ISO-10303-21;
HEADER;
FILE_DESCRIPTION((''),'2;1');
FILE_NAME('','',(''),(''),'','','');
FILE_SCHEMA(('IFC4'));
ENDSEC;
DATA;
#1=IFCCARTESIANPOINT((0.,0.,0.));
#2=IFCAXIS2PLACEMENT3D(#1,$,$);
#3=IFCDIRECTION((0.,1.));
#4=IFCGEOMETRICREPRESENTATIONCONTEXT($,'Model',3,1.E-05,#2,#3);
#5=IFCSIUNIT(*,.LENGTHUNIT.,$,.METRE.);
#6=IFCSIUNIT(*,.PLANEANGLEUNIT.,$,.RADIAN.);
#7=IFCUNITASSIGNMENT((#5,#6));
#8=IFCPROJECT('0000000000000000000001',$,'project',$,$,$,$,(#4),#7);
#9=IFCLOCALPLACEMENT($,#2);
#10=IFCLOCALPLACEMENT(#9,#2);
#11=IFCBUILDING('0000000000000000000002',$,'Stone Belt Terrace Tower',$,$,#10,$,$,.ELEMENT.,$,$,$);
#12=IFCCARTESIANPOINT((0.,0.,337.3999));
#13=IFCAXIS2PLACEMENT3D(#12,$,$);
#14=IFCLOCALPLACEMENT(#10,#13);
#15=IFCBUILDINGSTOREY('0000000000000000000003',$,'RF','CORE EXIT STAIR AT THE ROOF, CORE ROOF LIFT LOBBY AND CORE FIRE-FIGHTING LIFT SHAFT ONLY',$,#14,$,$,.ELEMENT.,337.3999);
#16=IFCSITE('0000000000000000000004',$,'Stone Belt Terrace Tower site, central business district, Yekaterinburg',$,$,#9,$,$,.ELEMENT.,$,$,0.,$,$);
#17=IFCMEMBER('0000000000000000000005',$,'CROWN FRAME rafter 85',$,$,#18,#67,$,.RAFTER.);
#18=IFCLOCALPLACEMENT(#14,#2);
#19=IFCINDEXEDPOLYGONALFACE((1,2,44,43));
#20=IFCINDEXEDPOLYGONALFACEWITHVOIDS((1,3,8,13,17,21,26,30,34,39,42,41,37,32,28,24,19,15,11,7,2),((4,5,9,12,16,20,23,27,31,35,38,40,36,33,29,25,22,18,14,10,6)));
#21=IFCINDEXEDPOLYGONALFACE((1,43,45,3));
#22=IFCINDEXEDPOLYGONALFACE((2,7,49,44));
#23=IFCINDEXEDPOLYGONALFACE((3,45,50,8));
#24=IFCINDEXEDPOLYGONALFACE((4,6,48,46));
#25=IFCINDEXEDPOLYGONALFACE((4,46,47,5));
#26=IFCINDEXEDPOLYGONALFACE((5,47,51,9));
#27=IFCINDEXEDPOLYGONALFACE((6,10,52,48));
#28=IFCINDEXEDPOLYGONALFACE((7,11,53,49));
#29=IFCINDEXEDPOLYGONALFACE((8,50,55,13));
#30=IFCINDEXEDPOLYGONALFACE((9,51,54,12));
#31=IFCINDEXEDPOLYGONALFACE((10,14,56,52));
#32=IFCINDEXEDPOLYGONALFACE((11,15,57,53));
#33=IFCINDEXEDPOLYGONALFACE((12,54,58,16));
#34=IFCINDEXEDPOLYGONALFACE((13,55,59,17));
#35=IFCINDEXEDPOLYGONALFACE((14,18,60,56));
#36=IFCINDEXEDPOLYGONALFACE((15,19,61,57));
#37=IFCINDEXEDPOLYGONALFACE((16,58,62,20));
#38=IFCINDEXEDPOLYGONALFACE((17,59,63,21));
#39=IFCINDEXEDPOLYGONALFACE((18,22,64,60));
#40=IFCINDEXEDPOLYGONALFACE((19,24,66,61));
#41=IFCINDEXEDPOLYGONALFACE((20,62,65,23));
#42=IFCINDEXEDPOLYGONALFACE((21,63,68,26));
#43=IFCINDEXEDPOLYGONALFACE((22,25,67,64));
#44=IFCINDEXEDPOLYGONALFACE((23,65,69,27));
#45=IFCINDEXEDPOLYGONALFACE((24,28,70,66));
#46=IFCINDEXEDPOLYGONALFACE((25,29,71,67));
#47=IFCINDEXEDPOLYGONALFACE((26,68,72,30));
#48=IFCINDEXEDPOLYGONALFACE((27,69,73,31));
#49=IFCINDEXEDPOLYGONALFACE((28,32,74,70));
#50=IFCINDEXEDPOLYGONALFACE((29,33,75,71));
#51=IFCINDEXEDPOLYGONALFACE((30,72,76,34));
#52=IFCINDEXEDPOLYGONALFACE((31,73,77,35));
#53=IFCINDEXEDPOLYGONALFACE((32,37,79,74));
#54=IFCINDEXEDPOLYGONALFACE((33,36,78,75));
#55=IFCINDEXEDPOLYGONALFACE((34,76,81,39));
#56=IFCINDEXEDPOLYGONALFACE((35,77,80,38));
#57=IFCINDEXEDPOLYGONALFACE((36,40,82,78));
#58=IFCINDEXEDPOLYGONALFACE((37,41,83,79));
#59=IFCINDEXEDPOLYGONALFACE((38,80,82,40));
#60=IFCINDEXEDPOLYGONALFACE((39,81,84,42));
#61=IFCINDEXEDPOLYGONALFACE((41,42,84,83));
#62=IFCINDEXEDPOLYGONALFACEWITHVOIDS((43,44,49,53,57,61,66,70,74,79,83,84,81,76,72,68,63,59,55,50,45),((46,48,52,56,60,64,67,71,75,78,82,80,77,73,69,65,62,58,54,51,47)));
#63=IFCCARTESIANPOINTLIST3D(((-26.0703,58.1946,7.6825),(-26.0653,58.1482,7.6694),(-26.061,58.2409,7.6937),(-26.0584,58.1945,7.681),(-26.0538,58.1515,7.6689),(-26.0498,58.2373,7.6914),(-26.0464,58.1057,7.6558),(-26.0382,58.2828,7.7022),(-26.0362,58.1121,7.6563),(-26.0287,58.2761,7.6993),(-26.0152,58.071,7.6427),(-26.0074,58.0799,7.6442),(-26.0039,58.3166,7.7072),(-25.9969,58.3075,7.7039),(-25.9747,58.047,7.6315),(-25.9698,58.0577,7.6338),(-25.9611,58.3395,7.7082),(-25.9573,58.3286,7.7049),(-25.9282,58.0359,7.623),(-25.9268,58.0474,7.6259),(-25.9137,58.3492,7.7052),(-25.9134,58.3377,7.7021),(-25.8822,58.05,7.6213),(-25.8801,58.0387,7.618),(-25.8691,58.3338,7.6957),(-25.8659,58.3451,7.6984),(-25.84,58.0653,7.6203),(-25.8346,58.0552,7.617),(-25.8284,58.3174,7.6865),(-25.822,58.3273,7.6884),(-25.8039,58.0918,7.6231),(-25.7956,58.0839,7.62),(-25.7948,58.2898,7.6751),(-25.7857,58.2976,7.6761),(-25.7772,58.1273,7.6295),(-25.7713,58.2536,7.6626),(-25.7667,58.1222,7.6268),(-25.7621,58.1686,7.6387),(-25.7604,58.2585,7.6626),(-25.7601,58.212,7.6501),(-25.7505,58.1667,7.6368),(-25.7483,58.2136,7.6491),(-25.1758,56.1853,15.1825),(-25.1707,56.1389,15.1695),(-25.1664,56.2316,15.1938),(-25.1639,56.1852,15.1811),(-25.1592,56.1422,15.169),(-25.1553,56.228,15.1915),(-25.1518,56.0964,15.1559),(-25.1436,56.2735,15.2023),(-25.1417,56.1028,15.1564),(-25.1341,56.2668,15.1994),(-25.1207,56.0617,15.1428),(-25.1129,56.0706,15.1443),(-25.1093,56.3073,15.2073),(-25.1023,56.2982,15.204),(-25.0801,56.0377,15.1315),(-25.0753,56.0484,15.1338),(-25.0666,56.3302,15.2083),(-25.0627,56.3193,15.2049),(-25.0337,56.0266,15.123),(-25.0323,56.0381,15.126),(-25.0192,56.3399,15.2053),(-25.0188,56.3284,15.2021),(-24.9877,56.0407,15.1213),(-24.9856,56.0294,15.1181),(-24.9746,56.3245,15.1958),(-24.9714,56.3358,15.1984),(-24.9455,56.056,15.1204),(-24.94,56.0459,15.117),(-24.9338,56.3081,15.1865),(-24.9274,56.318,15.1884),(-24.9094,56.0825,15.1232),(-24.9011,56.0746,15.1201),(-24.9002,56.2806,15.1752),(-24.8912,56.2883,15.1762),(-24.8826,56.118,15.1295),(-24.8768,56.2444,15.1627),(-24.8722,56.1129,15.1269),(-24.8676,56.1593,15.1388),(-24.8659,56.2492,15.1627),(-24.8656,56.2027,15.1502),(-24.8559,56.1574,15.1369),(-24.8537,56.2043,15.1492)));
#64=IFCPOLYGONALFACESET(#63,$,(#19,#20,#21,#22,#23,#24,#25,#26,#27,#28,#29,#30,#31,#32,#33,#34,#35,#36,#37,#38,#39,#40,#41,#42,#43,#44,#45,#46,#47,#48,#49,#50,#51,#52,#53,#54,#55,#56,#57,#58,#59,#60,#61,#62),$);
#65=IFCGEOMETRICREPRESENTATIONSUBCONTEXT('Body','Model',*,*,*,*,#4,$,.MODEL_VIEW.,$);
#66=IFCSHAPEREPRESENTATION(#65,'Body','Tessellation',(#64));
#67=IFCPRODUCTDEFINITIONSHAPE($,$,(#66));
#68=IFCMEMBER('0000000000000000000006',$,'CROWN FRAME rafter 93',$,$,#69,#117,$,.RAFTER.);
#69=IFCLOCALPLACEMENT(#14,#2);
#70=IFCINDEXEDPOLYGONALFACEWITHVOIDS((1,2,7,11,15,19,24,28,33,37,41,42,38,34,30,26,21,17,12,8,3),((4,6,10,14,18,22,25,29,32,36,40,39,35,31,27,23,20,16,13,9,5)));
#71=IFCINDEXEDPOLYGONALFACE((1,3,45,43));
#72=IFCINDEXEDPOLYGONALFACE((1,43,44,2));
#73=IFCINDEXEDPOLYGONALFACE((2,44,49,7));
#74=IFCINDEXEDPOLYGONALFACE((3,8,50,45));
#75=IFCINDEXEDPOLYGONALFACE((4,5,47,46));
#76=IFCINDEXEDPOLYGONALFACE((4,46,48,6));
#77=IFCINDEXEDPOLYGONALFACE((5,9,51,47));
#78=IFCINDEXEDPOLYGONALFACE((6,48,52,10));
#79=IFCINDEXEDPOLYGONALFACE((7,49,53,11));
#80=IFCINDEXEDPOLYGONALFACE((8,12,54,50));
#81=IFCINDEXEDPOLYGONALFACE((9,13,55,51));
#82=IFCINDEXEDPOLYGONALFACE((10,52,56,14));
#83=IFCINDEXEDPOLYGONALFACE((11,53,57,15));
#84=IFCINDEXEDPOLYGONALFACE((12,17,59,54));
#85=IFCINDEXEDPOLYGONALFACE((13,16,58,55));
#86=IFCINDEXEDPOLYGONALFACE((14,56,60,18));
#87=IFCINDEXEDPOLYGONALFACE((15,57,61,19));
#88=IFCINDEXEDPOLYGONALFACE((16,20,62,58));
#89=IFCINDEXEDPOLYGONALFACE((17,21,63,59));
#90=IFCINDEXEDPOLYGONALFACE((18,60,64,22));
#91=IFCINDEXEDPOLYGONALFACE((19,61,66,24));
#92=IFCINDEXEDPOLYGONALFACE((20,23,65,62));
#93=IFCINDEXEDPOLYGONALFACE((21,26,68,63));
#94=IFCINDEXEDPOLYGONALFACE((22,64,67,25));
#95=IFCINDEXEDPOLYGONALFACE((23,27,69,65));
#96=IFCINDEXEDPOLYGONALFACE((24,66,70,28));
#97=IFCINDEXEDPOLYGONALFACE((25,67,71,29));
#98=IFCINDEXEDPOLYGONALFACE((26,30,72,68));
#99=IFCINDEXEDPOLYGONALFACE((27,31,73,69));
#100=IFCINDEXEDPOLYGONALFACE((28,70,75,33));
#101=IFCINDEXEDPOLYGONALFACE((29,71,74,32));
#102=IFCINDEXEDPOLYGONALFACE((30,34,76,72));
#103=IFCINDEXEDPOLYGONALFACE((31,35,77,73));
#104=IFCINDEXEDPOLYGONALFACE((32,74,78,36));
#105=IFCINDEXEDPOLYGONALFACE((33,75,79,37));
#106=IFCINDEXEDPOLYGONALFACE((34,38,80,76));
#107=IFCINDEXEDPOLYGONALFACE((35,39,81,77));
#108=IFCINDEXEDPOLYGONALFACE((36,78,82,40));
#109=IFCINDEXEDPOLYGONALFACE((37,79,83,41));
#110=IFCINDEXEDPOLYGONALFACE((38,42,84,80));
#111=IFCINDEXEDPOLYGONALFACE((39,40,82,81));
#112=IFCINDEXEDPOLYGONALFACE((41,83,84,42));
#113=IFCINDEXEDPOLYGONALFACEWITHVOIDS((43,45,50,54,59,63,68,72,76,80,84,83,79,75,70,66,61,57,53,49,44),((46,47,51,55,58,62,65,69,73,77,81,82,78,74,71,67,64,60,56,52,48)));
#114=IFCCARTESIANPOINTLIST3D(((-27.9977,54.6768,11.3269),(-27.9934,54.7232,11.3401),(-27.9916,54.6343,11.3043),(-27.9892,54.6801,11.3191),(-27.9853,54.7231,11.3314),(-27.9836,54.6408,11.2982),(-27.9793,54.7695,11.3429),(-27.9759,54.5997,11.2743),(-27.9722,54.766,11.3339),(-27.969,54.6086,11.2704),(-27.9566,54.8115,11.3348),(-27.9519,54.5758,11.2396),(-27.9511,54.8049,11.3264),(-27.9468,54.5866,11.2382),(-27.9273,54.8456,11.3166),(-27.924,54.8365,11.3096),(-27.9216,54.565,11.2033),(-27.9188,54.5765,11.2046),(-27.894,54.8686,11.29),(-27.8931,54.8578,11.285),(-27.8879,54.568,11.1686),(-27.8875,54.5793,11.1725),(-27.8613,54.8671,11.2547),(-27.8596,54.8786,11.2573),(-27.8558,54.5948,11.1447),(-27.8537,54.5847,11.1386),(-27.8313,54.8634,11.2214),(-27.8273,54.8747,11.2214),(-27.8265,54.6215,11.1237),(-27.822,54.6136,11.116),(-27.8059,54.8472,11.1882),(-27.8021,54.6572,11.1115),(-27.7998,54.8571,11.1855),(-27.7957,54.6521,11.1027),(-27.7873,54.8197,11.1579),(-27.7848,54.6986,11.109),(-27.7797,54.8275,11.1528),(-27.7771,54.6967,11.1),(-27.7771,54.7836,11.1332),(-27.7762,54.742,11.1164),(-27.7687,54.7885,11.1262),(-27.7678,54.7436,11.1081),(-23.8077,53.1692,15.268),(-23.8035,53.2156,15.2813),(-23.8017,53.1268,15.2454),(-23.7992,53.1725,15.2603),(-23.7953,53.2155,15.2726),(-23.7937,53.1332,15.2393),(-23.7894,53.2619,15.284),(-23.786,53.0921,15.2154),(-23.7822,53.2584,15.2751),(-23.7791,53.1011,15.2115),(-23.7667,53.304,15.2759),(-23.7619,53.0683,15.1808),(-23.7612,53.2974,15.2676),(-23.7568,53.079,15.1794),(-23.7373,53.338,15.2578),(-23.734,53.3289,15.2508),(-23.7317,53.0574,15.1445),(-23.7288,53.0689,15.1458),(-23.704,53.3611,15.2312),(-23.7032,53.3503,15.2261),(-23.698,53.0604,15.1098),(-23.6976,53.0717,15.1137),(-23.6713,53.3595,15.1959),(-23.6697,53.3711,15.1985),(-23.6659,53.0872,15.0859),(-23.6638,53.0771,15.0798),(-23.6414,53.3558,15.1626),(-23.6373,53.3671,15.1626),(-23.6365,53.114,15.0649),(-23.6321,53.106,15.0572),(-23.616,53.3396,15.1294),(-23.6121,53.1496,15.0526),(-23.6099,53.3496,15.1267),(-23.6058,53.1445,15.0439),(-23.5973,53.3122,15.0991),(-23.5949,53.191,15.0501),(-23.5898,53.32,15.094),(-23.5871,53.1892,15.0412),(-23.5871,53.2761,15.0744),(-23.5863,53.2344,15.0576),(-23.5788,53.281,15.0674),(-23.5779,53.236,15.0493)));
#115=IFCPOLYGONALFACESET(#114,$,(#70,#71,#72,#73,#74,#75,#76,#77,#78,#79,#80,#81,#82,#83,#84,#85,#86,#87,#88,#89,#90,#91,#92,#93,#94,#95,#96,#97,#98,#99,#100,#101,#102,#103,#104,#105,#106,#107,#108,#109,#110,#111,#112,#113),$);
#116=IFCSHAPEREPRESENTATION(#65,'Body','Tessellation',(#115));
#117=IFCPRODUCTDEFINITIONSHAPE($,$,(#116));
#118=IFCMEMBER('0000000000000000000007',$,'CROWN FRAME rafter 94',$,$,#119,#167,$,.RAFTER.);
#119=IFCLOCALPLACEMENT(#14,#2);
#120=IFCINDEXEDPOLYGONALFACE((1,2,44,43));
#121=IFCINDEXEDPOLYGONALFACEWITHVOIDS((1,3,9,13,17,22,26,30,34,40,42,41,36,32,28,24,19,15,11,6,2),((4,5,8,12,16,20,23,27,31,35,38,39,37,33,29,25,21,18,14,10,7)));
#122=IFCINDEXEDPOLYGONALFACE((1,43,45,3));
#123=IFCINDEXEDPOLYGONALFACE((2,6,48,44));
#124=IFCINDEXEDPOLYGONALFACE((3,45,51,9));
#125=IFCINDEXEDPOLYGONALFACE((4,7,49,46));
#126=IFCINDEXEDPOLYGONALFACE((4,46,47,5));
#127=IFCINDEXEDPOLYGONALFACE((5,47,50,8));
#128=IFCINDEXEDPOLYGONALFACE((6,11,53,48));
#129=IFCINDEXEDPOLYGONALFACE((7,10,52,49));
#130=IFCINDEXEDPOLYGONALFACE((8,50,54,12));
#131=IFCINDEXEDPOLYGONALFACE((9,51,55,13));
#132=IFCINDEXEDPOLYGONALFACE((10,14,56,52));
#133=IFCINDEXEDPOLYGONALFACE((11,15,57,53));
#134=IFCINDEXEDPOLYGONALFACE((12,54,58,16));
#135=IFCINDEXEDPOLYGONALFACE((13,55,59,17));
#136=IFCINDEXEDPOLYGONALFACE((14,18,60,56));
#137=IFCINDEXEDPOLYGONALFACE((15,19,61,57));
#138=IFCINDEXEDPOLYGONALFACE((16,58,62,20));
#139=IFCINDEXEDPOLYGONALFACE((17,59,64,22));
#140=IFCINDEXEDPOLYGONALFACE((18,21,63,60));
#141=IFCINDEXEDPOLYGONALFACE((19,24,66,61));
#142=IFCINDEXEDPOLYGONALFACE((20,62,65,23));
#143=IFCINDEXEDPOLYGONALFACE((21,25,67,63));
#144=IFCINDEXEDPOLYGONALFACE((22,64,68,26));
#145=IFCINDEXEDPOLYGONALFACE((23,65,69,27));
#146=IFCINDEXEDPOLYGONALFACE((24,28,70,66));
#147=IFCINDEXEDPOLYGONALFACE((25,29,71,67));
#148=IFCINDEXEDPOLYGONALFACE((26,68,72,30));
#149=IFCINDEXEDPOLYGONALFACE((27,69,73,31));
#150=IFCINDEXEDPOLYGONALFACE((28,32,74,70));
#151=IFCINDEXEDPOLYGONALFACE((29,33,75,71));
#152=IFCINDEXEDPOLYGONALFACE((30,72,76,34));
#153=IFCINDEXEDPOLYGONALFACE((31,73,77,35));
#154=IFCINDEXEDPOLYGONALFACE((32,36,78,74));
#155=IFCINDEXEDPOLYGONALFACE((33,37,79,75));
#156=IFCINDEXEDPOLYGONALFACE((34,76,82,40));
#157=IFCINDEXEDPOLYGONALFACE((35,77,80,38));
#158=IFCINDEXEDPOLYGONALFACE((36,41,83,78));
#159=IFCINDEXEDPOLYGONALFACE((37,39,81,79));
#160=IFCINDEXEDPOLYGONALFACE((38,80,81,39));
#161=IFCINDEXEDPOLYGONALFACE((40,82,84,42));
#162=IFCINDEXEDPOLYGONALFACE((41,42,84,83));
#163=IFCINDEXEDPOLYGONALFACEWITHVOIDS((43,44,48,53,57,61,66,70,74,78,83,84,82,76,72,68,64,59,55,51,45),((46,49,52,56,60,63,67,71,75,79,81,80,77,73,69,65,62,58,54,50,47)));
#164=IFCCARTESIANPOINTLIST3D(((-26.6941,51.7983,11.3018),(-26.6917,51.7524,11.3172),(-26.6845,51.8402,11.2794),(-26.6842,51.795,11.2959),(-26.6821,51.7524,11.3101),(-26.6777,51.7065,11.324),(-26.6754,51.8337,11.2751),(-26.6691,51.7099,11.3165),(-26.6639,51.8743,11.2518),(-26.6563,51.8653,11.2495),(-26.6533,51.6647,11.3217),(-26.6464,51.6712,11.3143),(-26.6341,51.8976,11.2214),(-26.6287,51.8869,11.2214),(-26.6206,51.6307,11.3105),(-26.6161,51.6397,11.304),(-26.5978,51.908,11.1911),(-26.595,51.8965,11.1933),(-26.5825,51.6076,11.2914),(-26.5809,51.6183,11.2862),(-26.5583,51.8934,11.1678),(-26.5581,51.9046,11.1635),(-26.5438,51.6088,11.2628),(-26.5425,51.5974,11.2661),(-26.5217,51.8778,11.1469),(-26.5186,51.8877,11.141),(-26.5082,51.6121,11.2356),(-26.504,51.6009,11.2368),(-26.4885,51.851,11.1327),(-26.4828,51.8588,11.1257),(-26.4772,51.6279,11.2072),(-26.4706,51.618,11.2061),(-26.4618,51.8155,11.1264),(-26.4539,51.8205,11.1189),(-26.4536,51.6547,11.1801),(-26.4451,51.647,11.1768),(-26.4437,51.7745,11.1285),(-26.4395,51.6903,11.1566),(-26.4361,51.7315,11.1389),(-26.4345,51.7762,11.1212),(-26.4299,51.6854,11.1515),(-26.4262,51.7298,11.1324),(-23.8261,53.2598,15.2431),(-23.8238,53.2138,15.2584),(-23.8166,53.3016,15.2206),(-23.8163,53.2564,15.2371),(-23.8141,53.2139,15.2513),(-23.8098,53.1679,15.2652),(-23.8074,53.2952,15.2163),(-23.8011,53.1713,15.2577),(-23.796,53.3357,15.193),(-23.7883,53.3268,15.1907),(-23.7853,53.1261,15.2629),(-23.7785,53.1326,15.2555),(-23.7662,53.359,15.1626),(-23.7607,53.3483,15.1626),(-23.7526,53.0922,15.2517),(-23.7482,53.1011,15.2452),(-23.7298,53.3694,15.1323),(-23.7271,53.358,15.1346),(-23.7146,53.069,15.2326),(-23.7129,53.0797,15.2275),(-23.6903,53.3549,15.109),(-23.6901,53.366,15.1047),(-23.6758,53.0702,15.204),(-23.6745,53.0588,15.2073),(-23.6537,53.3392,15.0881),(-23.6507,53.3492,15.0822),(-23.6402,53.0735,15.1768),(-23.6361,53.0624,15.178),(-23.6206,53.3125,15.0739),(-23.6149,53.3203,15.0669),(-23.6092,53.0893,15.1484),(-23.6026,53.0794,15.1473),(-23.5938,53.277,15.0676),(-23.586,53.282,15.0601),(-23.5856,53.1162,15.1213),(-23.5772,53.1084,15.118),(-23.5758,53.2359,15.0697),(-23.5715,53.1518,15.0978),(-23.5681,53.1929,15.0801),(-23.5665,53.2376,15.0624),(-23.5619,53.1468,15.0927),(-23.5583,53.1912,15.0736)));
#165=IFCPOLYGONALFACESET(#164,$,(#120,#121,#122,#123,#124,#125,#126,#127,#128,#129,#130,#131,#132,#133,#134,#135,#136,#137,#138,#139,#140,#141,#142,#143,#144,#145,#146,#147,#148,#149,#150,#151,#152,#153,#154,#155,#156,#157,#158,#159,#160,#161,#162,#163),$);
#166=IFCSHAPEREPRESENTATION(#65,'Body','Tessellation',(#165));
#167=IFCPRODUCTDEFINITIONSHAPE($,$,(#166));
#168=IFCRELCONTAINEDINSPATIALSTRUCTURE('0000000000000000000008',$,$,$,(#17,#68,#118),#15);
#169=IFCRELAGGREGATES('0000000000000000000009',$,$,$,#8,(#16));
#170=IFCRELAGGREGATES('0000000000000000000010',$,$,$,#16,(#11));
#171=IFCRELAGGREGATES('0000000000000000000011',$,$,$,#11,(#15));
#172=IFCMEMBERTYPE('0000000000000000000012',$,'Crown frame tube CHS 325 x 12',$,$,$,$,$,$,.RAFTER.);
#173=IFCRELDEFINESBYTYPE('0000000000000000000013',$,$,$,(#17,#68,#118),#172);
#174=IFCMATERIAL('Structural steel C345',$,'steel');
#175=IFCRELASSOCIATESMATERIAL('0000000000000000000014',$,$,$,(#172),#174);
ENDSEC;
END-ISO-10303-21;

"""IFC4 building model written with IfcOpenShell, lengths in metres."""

from ifc_helpers import new_model, si_unit, direction, frame, origin, origin_2d, place, context, subcontext, project, spatial, hollow_circle, extrude, material, material_profile, profile_set, type_object, element, save


model = new_model("IFC4")

# Units and contexts
model_context = context("Model", 3, precision=1e-05, world=origin(), true_north=direction((0.0, 1.0)))
body_context = subcontext(model_context, "Body", "Model", "MODEL_VIEW")
ifc_project = project(units=[si_unit("LENGTHUNIT", "METRE"), si_unit("PLANEANGLEUNIT", "RADIAN")], contexts=[model_context])

# Site, building, storey
site_placement = place(None, origin())
site = spatial("IfcSite", under=ifc_project, at=site_placement, Name="Stone Belt Terrace Tower site, central business district, Yekaterinburg", CompositionType="ELEMENT", RefElevation=0.0)
building_placement = place(site_placement, origin())
building = spatial("IfcBuilding", under=site, at=building_placement, Name="Stone Belt Terrace Tower", CompositionType="ELEMENT")
storey_placement = place(building_placement, frame((0.0, 0.0, 337.3999)))
storey = spatial("IfcBuildingStorey", under=building, at=storey_placement, Name="RF", Description="CORE EXIT STAIR AT THE ROOF, CORE ROOF LIFT LOBBY AND CORE FIRE-FIGHTING LIFT SHAFT ONLY", CompositionType="ELEMENT", Elevation=337.3999)

# Members
ifc_material_1 = material(Name="Structural steel C345", Category="steel")
ifc_material_profile_1 = material_profile(ifc_material_1, hollow_circle(Radius=0.1626, WallThickness=0.012, at=origin_2d()), Name="Structural steel C345 CHS 325x12")
ifc_profile_set_1 = profile_set([ifc_material_profile_1], Name="Structural steel C345")
member_type_1 = type_object("IfcMemberType", Name="Crown frame tube CHS 325 x 12", PredefinedType="RAFTER", material=ifc_profile_set_1)
member_1_placement = place(storey_placement, frame((-25.9089, 58.1924, 7.6626), z_axis=(0.114451, -0.257078, 0.95959), x_axis=(0.913555, 0.406715, 0.0)))
element("IfcMember", 1, at=member_1_placement, inside=storey, type_object=member_type_1, Name="CROWN FRAME rafter 85", PredefinedType="RAFTER", context=body_context, shape_type="SweptSolid", body=[
    extrude(hollow_circle(Radius=0.1626, WallThickness=0.012, at=origin_2d()), origin(), (0.0, 0.0, 1.0), 7.8159),
])
member_2_placement = place(storey_placement, frame((-27.8823, 54.7217, 11.2214), z_axis=(0.704604, -0.253521, 0.662768), x_axis=(0.338558, 0.940945, 0.0)))
element("IfcMember", 2, at=member_2_placement, inside=storey, type_object=member_type_1, Name="CROWN FRAME rafter 93", PredefinedType="RAFTER", context=body_context, shape_type="SweptSolid", body=[
    extrude(hollow_circle(Radius=0.1626, WallThickness=0.012, at=origin_2d()), origin(), (0.0, 0.0, 1.0), 5.9465),
])
member_3_placement = place(storey_placement, frame((-26.5603, 51.7527, 11.2214), z_axis=(0.563601, 0.287198, 0.774514), x_axis=(-0.454027, 0.890988, 0.0)))
element("IfcMember", 3, at=member_3_placement, inside=storey, type_object=member_type_1, Name="CROWN FRAME rafter 94", PredefinedType="RAFTER", context=body_context, shape_type="SweptSolid", body=[
    extrude(hollow_circle(Radius=0.1626, WallThickness=0.012, at=origin_2d()), origin(), (0.0, 0.0, 1.0), 5.0886),
])

save(model, "model.ifc")
